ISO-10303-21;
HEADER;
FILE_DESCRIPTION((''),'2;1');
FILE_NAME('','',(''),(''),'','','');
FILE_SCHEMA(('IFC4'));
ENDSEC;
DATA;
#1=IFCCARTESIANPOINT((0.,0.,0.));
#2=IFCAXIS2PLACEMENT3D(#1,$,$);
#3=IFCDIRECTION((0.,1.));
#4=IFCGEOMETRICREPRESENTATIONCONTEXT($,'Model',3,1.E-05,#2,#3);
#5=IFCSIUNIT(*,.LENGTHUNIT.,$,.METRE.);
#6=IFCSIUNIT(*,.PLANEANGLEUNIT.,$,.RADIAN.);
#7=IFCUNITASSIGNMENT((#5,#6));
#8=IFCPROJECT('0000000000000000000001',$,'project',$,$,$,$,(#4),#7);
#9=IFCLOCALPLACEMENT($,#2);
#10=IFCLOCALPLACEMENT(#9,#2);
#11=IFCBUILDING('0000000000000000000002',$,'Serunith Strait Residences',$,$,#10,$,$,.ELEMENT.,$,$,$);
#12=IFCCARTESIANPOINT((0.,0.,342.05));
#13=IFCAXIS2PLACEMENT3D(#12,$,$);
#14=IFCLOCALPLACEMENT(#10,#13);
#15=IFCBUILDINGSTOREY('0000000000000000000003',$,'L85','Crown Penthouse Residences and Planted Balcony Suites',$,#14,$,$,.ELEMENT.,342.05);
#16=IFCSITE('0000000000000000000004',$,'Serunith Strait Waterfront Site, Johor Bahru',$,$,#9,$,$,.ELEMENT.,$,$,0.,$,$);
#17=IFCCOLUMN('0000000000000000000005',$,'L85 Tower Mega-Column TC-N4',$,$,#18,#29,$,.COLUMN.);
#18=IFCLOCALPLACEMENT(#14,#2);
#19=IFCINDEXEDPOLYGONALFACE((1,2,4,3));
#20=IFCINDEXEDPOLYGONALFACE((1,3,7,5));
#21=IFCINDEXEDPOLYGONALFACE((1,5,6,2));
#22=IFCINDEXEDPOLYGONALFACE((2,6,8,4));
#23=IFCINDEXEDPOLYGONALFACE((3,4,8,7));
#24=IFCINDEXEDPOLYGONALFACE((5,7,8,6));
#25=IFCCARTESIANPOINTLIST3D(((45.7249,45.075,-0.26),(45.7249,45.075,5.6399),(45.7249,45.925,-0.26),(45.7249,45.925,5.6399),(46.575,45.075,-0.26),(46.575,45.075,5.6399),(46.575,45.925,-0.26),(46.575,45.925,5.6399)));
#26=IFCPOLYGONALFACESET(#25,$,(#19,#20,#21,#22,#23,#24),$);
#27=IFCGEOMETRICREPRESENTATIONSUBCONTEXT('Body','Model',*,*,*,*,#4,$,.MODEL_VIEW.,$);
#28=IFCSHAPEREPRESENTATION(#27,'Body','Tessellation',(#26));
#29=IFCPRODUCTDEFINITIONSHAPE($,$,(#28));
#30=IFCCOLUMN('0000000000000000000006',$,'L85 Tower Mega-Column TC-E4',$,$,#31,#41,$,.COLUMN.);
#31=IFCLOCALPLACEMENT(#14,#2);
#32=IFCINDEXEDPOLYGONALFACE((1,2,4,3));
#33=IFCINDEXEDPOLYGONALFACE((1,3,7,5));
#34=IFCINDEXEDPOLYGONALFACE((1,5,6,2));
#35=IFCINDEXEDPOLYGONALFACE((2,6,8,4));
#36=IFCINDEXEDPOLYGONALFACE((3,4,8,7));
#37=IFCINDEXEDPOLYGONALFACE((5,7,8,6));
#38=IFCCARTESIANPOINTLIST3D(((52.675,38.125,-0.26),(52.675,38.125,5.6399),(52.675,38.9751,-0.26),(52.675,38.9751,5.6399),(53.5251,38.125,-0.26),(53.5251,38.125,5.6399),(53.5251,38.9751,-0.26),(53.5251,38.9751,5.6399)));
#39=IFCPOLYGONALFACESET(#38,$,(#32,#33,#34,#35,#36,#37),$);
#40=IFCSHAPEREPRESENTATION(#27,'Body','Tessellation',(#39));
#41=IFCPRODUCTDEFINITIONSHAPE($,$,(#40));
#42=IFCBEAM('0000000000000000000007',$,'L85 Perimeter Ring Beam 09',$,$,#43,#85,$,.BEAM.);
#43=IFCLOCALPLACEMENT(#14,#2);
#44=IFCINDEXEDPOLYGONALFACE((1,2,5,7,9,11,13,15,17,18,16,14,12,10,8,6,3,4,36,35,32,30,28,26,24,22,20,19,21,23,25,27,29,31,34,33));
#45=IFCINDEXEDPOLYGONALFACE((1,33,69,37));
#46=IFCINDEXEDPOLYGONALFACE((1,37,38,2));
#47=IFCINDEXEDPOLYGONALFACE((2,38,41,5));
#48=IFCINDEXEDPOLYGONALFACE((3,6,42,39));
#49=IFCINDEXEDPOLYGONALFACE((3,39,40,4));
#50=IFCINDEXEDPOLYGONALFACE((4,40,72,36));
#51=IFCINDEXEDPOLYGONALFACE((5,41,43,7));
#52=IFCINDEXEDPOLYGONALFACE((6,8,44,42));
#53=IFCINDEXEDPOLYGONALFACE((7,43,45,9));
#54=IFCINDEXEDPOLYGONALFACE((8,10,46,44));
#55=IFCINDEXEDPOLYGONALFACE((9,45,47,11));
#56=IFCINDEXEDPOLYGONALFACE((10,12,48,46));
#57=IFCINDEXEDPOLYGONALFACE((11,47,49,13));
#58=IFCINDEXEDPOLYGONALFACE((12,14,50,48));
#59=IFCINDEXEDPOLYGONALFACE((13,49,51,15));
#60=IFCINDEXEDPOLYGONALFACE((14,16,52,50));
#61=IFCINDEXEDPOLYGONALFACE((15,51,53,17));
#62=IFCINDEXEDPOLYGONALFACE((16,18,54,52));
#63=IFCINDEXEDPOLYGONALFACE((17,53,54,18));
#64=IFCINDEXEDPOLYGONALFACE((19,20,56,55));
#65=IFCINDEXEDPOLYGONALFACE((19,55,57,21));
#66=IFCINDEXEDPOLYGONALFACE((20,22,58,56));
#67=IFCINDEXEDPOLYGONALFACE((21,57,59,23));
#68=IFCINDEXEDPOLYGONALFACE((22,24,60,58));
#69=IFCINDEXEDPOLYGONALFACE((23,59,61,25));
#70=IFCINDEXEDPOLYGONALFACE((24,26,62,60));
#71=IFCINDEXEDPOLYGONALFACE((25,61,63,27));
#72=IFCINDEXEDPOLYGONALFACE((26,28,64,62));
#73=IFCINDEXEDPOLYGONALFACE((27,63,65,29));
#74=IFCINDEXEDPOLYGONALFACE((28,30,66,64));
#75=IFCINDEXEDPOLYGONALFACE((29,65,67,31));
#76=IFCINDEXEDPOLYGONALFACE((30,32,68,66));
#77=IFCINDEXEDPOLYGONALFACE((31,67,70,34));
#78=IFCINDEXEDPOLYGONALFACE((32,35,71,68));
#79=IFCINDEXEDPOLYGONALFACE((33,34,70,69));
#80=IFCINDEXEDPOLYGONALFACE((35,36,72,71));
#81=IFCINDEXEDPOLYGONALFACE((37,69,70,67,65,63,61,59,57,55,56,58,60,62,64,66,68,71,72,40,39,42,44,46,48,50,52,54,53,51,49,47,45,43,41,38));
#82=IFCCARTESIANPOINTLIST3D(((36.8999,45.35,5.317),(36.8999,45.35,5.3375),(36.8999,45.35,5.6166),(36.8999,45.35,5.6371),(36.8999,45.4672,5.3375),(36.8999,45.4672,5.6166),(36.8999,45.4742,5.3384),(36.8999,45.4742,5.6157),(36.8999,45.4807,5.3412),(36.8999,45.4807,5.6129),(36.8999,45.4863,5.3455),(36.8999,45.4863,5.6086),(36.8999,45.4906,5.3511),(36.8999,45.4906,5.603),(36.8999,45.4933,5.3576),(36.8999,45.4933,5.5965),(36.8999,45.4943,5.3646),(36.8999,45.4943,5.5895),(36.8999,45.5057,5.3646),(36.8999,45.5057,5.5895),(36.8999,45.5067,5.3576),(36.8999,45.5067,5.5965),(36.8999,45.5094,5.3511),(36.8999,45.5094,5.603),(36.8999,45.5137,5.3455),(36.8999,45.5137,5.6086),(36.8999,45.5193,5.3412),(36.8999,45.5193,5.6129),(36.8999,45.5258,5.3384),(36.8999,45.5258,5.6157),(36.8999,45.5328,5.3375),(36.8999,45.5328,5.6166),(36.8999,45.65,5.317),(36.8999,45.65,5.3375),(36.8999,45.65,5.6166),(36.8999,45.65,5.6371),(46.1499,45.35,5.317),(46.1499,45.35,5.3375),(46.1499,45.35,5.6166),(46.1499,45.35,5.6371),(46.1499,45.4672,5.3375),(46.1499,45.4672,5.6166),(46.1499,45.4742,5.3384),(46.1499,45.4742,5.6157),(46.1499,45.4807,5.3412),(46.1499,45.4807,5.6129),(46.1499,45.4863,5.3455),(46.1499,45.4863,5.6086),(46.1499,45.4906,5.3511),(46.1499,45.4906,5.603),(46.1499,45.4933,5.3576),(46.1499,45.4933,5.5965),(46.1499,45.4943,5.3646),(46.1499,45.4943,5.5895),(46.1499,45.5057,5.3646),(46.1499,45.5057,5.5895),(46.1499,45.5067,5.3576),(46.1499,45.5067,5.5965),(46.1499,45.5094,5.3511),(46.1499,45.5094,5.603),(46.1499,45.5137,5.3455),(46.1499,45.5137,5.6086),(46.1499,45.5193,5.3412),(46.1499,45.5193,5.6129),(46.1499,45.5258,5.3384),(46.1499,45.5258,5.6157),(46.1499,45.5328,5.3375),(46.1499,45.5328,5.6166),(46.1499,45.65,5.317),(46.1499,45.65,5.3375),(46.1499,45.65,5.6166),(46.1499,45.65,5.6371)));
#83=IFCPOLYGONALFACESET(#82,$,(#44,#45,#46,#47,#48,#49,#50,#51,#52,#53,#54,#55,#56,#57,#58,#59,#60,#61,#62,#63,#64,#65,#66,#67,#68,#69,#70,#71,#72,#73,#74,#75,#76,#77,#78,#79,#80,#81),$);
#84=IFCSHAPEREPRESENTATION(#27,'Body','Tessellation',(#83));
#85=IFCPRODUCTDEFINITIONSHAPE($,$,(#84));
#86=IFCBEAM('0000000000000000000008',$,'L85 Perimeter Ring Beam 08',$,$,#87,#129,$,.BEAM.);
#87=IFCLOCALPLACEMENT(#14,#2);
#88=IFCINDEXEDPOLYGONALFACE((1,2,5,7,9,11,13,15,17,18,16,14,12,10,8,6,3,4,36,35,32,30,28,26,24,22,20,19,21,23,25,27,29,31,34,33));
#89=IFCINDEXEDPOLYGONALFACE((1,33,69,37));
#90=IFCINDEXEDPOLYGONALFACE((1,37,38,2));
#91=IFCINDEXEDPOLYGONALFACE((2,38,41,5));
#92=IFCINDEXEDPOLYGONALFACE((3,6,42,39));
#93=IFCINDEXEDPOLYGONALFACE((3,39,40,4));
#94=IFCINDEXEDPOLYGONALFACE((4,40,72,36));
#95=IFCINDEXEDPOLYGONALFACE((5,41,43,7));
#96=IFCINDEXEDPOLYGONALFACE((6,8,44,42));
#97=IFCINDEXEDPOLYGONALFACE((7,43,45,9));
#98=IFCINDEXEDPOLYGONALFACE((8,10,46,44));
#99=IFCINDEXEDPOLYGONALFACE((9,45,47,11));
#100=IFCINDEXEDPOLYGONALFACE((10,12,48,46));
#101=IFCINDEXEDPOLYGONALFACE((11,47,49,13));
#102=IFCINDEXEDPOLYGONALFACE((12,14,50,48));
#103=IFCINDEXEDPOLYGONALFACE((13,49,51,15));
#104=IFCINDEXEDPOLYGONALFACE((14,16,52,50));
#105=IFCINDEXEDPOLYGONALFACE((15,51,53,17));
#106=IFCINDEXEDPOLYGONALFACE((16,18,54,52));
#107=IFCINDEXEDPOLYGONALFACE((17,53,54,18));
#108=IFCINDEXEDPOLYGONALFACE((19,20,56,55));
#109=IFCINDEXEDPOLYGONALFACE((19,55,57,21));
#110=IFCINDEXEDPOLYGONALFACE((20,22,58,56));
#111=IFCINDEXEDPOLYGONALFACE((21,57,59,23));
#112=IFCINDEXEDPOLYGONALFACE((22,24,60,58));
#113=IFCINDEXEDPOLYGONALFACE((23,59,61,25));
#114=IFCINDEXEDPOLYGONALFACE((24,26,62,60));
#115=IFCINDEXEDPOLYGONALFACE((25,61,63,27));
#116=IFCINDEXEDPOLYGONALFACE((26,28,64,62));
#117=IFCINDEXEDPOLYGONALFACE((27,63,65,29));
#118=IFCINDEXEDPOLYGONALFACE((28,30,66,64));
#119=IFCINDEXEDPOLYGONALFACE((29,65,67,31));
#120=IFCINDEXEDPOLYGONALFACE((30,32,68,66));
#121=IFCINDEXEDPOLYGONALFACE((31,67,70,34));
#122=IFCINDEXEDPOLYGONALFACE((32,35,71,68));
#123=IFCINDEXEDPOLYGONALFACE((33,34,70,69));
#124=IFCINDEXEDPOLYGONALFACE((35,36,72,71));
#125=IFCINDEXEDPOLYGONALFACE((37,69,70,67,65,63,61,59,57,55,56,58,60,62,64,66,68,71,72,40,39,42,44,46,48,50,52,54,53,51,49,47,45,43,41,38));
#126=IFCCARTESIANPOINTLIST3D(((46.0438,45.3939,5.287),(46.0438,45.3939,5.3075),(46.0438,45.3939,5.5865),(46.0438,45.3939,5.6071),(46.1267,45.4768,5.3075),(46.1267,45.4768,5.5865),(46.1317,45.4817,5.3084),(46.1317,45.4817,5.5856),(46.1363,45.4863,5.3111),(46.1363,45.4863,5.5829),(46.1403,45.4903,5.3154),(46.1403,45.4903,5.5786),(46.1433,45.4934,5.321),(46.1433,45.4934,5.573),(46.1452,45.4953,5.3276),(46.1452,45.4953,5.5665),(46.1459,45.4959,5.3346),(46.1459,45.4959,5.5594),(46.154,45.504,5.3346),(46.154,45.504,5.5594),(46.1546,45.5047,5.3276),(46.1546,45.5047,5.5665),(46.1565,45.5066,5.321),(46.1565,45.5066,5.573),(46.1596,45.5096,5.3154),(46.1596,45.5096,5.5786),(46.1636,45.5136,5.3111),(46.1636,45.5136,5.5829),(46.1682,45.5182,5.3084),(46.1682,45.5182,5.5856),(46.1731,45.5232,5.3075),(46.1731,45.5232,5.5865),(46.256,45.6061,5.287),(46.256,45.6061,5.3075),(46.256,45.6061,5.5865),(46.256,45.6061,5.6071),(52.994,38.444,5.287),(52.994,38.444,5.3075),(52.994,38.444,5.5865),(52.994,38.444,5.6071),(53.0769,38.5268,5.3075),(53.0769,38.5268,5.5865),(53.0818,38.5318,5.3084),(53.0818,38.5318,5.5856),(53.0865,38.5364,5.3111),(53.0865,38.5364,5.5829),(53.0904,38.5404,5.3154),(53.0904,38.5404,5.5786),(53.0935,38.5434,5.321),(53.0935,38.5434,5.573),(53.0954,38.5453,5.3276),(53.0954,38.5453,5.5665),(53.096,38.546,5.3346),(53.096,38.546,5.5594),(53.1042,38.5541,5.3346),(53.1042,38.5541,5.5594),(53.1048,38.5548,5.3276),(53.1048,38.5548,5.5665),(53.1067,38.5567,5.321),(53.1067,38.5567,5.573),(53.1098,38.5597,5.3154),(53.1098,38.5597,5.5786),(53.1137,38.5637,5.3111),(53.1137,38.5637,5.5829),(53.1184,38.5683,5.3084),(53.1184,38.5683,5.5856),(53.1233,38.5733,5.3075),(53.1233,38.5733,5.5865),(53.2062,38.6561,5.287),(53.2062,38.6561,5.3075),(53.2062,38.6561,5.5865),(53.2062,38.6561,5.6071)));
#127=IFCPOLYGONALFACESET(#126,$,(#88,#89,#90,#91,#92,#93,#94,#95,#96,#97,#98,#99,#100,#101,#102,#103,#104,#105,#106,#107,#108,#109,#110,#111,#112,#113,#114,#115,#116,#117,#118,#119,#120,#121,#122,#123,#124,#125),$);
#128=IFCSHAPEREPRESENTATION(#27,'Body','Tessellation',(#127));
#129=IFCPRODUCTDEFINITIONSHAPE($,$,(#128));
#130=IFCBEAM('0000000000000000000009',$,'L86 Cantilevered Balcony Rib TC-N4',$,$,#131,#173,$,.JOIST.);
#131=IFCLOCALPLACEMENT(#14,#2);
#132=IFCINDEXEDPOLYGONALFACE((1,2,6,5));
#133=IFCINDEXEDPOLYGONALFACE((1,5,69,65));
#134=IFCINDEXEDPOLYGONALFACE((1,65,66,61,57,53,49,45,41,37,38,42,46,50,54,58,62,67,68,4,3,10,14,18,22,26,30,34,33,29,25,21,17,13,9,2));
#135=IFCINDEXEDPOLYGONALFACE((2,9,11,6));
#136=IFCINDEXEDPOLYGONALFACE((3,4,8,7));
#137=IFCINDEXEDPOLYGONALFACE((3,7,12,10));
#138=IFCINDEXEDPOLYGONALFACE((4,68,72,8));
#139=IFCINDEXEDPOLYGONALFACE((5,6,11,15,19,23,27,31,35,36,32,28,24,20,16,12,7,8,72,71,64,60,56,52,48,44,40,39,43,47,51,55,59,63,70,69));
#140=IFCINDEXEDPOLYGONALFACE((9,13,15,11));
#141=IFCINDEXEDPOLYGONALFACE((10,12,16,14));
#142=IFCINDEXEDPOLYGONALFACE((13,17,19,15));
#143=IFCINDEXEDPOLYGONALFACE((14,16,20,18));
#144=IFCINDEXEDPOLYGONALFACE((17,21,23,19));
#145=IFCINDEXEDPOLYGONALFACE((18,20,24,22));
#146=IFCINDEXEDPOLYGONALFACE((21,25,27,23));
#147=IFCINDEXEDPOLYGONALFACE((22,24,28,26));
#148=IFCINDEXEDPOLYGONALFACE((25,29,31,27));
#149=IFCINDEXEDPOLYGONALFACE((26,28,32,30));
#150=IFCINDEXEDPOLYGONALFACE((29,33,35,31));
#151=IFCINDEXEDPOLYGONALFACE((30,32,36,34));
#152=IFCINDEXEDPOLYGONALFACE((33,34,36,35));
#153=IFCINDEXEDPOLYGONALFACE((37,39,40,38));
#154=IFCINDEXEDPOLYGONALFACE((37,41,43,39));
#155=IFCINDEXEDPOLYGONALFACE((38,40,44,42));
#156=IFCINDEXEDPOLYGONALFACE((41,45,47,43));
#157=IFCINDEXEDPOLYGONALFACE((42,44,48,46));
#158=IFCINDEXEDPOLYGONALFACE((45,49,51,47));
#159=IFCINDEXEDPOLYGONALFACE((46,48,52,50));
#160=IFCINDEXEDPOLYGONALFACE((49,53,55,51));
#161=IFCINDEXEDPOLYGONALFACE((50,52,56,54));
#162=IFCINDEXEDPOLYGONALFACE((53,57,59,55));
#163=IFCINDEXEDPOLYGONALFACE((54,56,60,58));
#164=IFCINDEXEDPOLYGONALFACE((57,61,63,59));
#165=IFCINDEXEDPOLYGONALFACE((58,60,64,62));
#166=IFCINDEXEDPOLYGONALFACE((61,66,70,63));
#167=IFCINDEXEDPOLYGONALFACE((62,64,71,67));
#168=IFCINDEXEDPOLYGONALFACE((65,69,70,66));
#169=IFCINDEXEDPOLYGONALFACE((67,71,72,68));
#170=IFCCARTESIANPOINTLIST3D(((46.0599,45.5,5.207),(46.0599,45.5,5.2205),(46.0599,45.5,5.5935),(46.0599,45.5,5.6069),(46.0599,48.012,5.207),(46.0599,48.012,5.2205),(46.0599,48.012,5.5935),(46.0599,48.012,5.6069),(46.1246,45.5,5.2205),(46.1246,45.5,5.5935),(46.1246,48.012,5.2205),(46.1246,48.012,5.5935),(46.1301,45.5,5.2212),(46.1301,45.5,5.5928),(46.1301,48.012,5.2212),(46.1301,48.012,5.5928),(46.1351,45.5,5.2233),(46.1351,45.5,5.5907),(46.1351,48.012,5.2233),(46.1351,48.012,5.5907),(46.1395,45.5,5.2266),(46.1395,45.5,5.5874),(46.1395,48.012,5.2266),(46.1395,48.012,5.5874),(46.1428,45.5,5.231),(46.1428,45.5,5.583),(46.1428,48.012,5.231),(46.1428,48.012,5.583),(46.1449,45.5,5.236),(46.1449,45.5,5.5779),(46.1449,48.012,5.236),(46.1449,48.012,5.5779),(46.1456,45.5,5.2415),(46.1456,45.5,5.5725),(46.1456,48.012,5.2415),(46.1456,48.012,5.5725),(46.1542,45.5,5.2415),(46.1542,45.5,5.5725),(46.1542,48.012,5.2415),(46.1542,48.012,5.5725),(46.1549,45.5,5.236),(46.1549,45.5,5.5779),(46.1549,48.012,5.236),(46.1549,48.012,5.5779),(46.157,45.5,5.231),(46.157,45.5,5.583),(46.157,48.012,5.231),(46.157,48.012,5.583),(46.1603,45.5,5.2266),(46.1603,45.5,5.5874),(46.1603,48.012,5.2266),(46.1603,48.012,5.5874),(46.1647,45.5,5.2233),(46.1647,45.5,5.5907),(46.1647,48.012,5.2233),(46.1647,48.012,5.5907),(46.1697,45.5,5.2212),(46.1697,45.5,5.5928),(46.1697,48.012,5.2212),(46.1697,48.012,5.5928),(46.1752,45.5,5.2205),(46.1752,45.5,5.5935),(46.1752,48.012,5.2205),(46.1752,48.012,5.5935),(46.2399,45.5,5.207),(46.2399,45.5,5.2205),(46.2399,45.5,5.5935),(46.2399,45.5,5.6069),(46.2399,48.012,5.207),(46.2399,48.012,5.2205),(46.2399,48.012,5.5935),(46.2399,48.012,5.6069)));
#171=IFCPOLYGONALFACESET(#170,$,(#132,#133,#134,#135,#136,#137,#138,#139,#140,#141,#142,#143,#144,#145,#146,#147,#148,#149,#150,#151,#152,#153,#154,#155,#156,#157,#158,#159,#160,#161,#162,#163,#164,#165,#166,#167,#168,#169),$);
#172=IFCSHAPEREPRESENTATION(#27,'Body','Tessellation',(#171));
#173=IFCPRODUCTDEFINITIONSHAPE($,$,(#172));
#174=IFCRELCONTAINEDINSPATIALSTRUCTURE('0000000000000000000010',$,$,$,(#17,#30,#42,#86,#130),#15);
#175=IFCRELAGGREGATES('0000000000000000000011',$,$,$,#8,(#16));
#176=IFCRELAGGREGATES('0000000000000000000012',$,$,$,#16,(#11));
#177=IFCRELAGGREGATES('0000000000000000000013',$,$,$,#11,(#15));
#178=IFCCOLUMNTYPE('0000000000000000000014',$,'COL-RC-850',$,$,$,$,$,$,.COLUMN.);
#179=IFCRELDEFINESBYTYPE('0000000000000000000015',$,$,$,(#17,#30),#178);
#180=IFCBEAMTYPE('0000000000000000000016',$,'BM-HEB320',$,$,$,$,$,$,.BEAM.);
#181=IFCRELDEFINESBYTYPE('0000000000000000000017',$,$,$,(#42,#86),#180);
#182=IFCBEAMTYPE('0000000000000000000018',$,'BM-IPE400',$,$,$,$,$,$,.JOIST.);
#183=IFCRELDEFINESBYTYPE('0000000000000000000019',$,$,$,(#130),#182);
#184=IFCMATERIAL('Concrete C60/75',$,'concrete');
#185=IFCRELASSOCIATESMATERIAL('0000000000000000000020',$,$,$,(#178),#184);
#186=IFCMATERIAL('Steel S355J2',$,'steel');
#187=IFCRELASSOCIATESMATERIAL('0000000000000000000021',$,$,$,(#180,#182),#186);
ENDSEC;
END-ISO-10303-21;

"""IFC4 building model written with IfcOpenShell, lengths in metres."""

from ifc_helpers import new_model, si_unit, direction, frame, origin, origin_2d, place, context, subcontext, project, spatial, rectangle, i_section, extrude, source, transform, mapped, material, material_profile, profile_set, type_object, element, save


model = new_model("IFC4")

# Units and contexts
model_context = context("Model", 3, precision=1e-05, world=origin(), true_north=direction((0.0, 1.0)))
body_context = subcontext(model_context, "Body", "Model", "MODEL_VIEW")
ifc_project = project(units=[si_unit("LENGTHUNIT", "METRE"), si_unit("PLANEANGLEUNIT", "RADIAN")], contexts=[model_context])

# Site, building, storey
site_placement = place(None, origin())
site = spatial("IfcSite", under=ifc_project, at=site_placement, Name="Serunith Strait Waterfront Site, Johor Bahru", CompositionType="ELEMENT", RefElevation=0.0)
building_placement = place(site_placement, origin())
building = spatial("IfcBuilding", under=site, at=building_placement, Name="Serunith Strait Residences", CompositionType="ELEMENT")
storey_placement = place(building_placement, frame((0.0, 0.0, 342.05)))
storey = spatial("IfcBuildingStorey", under=building, at=storey_placement, Name="L85", Description="Crown Penthouse Residences and Planted Balcony Suites", CompositionType="ELEMENT", Elevation=342.05)

# Columns
ifc_material_1 = material(Name="Concrete C60/75", Category="concrete")
ifc_material_profile_1 = material_profile(ifc_material_1, rectangle(XDim=0.8501, YDim=0.8501, at=origin_2d()), Name="RC 850x850")
ifc_profile_set_1 = profile_set([ifc_material_profile_1], Name="Concrete C60/75")
column_type = type_object("IfcColumnType", Name="COL-RC-850", PredefinedType="COLUMN", material=ifc_profile_set_1)
shared_shape_1 = source(origin(), body_context, "Body", "SweptSolid", [
    extrude(rectangle(XDim=0.8501, YDim=0.8501, at=origin_2d()), origin(), (0.0, 0.0, 1.0), 5.8999),
])
for number, where, z_axis, x_axis, name in (
    (1, (46.1499, 45.5, -0.26), (0.0, 0.0, 1.0), (1.0, 0.0, 0.0), "L85 Tower Mega-Column TC-N4"),
    (2, (53.1001, 38.55, -0.26), (0.0, 0.0, 1.0), (1.0, 0.0, 0.0), "L85 Tower Mega-Column TC-E4"),
):
    element("IfcColumn", number, at=place(storey_placement, frame(where, z_axis=z_axis, x_axis=x_axis)), inside=storey, type_object=column_type, Name=name, PredefinedType="COLUMN", context=body_context, shape_type="MappedRepresentation", body=[
        mapped(shared_shape_1, transform((0.0, 0.0, 0.0), scale=1.0)),
    ])

# Beams
ifc_material_2 = material(Name="Steel S355J2", Category="steel")
ifc_material_profile_2 = material_profile(ifc_material_2, i_section(OverallWidth=0.3, OverallDepth=0.3201, WebThickness=0.0115, FlangeThickness=0.0205, FilletRadius=0.0271, at=origin_2d()), Name="HEB 320")
ifc_profile_set_2 = profile_set([ifc_material_profile_2], Name="Steel S355J2")
beam_type_1 = type_object("IfcBeamType", Name="BM-HEB320", PredefinedType="BEAM", material=ifc_profile_set_2)
shared_shape_2 = source(origin(), body_context, "Body", "SweptSolid", [
    extrude(i_section(OverallWidth=0.3, OverallDepth=0.3201, WebThickness=0.0115, FlangeThickness=0.0205, FilletRadius=0.0271, at=origin_2d()), origin(), (0.0, 0.0, 1.0), 9.25),
])
beam_1_placement = place(storey_placement, frame((46.1499, 45.5, 5.4771), z_axis=(-1.0, 0.0, 0.0), x_axis=(0.0, -1.0, 0.0)))
element("IfcBeam", 3, at=beam_1_placement, inside=storey, type_object=beam_type_1, Name="L85 Perimeter Ring Beam 09", PredefinedType="BEAM", context=body_context, shape_type="MappedRepresentation", body=[
    mapped(shared_shape_2, transform((0.0, 0.0, 0.0), scale=1.0)),
])
shared_shape_3 = source(origin(), body_context, "Body", "SweptSolid", [
    extrude(i_section(OverallWidth=0.3, OverallDepth=0.3201, WebThickness=0.0115, FlangeThickness=0.0205, FilletRadius=0.0271, at=origin_2d()), origin(), (0.0, 0.0, 1.0), 9.8289),
])
beam_2_placement = place(storey_placement, frame((53.1001, 38.55, 5.447), z_axis=(-0.707119, 0.707094, 0.0), x_axis=(-0.707094, -0.707119, 0.0)))
element("IfcBeam", 4, at=beam_2_placement, inside=storey, type_object=beam_type_1, Name="L85 Perimeter Ring Beam 08", PredefinedType="BEAM", context=body_context, shape_type="MappedRepresentation", body=[
    mapped(shared_shape_3, transform((0.0, 0.0, 0.0), scale=1.0)),
])
ifc_material_profile_3 = material_profile(ifc_material_2, i_section(OverallWidth=0.1799, OverallDepth=0.3999, WebThickness=0.0085, FlangeThickness=0.0134, FilletRadius=0.021, at=origin_2d()), Name="IPE 400")
ifc_profile_set_3 = profile_set([ifc_material_profile_3], Name="Steel S355J2")
beam_type_2 = type_object("IfcBeamType", Name="BM-IPE400", PredefinedType="JOIST", material=ifc_profile_set_3)
shared_shape_4 = source(origin(), body_context, "Body", "SweptSolid", [
    extrude(i_section(OverallWidth=0.1799, OverallDepth=0.3999, WebThickness=0.0085, FlangeThickness=0.0134, FilletRadius=0.021, at=origin_2d()), origin(), (0.0, 0.0, 1.0), 2.512),
])
beam_3_placement = place(storey_placement, frame((46.1499, 45.5, 5.407), z_axis=(0.0, 1.0, 0.0), x_axis=(-1.0, 0.0, 0.0)))
element("IfcBeam", 5, at=beam_3_placement, inside=storey, type_object=beam_type_2, Name="L86 Cantilevered Balcony Rib TC-N4", PredefinedType="JOIST", context=body_context, shape_type="MappedRepresentation", body=[
    mapped(shared_shape_4, transform((0.0, 0.0, 0.0), scale=1.0)),
])

save(model, "model.ifc")
